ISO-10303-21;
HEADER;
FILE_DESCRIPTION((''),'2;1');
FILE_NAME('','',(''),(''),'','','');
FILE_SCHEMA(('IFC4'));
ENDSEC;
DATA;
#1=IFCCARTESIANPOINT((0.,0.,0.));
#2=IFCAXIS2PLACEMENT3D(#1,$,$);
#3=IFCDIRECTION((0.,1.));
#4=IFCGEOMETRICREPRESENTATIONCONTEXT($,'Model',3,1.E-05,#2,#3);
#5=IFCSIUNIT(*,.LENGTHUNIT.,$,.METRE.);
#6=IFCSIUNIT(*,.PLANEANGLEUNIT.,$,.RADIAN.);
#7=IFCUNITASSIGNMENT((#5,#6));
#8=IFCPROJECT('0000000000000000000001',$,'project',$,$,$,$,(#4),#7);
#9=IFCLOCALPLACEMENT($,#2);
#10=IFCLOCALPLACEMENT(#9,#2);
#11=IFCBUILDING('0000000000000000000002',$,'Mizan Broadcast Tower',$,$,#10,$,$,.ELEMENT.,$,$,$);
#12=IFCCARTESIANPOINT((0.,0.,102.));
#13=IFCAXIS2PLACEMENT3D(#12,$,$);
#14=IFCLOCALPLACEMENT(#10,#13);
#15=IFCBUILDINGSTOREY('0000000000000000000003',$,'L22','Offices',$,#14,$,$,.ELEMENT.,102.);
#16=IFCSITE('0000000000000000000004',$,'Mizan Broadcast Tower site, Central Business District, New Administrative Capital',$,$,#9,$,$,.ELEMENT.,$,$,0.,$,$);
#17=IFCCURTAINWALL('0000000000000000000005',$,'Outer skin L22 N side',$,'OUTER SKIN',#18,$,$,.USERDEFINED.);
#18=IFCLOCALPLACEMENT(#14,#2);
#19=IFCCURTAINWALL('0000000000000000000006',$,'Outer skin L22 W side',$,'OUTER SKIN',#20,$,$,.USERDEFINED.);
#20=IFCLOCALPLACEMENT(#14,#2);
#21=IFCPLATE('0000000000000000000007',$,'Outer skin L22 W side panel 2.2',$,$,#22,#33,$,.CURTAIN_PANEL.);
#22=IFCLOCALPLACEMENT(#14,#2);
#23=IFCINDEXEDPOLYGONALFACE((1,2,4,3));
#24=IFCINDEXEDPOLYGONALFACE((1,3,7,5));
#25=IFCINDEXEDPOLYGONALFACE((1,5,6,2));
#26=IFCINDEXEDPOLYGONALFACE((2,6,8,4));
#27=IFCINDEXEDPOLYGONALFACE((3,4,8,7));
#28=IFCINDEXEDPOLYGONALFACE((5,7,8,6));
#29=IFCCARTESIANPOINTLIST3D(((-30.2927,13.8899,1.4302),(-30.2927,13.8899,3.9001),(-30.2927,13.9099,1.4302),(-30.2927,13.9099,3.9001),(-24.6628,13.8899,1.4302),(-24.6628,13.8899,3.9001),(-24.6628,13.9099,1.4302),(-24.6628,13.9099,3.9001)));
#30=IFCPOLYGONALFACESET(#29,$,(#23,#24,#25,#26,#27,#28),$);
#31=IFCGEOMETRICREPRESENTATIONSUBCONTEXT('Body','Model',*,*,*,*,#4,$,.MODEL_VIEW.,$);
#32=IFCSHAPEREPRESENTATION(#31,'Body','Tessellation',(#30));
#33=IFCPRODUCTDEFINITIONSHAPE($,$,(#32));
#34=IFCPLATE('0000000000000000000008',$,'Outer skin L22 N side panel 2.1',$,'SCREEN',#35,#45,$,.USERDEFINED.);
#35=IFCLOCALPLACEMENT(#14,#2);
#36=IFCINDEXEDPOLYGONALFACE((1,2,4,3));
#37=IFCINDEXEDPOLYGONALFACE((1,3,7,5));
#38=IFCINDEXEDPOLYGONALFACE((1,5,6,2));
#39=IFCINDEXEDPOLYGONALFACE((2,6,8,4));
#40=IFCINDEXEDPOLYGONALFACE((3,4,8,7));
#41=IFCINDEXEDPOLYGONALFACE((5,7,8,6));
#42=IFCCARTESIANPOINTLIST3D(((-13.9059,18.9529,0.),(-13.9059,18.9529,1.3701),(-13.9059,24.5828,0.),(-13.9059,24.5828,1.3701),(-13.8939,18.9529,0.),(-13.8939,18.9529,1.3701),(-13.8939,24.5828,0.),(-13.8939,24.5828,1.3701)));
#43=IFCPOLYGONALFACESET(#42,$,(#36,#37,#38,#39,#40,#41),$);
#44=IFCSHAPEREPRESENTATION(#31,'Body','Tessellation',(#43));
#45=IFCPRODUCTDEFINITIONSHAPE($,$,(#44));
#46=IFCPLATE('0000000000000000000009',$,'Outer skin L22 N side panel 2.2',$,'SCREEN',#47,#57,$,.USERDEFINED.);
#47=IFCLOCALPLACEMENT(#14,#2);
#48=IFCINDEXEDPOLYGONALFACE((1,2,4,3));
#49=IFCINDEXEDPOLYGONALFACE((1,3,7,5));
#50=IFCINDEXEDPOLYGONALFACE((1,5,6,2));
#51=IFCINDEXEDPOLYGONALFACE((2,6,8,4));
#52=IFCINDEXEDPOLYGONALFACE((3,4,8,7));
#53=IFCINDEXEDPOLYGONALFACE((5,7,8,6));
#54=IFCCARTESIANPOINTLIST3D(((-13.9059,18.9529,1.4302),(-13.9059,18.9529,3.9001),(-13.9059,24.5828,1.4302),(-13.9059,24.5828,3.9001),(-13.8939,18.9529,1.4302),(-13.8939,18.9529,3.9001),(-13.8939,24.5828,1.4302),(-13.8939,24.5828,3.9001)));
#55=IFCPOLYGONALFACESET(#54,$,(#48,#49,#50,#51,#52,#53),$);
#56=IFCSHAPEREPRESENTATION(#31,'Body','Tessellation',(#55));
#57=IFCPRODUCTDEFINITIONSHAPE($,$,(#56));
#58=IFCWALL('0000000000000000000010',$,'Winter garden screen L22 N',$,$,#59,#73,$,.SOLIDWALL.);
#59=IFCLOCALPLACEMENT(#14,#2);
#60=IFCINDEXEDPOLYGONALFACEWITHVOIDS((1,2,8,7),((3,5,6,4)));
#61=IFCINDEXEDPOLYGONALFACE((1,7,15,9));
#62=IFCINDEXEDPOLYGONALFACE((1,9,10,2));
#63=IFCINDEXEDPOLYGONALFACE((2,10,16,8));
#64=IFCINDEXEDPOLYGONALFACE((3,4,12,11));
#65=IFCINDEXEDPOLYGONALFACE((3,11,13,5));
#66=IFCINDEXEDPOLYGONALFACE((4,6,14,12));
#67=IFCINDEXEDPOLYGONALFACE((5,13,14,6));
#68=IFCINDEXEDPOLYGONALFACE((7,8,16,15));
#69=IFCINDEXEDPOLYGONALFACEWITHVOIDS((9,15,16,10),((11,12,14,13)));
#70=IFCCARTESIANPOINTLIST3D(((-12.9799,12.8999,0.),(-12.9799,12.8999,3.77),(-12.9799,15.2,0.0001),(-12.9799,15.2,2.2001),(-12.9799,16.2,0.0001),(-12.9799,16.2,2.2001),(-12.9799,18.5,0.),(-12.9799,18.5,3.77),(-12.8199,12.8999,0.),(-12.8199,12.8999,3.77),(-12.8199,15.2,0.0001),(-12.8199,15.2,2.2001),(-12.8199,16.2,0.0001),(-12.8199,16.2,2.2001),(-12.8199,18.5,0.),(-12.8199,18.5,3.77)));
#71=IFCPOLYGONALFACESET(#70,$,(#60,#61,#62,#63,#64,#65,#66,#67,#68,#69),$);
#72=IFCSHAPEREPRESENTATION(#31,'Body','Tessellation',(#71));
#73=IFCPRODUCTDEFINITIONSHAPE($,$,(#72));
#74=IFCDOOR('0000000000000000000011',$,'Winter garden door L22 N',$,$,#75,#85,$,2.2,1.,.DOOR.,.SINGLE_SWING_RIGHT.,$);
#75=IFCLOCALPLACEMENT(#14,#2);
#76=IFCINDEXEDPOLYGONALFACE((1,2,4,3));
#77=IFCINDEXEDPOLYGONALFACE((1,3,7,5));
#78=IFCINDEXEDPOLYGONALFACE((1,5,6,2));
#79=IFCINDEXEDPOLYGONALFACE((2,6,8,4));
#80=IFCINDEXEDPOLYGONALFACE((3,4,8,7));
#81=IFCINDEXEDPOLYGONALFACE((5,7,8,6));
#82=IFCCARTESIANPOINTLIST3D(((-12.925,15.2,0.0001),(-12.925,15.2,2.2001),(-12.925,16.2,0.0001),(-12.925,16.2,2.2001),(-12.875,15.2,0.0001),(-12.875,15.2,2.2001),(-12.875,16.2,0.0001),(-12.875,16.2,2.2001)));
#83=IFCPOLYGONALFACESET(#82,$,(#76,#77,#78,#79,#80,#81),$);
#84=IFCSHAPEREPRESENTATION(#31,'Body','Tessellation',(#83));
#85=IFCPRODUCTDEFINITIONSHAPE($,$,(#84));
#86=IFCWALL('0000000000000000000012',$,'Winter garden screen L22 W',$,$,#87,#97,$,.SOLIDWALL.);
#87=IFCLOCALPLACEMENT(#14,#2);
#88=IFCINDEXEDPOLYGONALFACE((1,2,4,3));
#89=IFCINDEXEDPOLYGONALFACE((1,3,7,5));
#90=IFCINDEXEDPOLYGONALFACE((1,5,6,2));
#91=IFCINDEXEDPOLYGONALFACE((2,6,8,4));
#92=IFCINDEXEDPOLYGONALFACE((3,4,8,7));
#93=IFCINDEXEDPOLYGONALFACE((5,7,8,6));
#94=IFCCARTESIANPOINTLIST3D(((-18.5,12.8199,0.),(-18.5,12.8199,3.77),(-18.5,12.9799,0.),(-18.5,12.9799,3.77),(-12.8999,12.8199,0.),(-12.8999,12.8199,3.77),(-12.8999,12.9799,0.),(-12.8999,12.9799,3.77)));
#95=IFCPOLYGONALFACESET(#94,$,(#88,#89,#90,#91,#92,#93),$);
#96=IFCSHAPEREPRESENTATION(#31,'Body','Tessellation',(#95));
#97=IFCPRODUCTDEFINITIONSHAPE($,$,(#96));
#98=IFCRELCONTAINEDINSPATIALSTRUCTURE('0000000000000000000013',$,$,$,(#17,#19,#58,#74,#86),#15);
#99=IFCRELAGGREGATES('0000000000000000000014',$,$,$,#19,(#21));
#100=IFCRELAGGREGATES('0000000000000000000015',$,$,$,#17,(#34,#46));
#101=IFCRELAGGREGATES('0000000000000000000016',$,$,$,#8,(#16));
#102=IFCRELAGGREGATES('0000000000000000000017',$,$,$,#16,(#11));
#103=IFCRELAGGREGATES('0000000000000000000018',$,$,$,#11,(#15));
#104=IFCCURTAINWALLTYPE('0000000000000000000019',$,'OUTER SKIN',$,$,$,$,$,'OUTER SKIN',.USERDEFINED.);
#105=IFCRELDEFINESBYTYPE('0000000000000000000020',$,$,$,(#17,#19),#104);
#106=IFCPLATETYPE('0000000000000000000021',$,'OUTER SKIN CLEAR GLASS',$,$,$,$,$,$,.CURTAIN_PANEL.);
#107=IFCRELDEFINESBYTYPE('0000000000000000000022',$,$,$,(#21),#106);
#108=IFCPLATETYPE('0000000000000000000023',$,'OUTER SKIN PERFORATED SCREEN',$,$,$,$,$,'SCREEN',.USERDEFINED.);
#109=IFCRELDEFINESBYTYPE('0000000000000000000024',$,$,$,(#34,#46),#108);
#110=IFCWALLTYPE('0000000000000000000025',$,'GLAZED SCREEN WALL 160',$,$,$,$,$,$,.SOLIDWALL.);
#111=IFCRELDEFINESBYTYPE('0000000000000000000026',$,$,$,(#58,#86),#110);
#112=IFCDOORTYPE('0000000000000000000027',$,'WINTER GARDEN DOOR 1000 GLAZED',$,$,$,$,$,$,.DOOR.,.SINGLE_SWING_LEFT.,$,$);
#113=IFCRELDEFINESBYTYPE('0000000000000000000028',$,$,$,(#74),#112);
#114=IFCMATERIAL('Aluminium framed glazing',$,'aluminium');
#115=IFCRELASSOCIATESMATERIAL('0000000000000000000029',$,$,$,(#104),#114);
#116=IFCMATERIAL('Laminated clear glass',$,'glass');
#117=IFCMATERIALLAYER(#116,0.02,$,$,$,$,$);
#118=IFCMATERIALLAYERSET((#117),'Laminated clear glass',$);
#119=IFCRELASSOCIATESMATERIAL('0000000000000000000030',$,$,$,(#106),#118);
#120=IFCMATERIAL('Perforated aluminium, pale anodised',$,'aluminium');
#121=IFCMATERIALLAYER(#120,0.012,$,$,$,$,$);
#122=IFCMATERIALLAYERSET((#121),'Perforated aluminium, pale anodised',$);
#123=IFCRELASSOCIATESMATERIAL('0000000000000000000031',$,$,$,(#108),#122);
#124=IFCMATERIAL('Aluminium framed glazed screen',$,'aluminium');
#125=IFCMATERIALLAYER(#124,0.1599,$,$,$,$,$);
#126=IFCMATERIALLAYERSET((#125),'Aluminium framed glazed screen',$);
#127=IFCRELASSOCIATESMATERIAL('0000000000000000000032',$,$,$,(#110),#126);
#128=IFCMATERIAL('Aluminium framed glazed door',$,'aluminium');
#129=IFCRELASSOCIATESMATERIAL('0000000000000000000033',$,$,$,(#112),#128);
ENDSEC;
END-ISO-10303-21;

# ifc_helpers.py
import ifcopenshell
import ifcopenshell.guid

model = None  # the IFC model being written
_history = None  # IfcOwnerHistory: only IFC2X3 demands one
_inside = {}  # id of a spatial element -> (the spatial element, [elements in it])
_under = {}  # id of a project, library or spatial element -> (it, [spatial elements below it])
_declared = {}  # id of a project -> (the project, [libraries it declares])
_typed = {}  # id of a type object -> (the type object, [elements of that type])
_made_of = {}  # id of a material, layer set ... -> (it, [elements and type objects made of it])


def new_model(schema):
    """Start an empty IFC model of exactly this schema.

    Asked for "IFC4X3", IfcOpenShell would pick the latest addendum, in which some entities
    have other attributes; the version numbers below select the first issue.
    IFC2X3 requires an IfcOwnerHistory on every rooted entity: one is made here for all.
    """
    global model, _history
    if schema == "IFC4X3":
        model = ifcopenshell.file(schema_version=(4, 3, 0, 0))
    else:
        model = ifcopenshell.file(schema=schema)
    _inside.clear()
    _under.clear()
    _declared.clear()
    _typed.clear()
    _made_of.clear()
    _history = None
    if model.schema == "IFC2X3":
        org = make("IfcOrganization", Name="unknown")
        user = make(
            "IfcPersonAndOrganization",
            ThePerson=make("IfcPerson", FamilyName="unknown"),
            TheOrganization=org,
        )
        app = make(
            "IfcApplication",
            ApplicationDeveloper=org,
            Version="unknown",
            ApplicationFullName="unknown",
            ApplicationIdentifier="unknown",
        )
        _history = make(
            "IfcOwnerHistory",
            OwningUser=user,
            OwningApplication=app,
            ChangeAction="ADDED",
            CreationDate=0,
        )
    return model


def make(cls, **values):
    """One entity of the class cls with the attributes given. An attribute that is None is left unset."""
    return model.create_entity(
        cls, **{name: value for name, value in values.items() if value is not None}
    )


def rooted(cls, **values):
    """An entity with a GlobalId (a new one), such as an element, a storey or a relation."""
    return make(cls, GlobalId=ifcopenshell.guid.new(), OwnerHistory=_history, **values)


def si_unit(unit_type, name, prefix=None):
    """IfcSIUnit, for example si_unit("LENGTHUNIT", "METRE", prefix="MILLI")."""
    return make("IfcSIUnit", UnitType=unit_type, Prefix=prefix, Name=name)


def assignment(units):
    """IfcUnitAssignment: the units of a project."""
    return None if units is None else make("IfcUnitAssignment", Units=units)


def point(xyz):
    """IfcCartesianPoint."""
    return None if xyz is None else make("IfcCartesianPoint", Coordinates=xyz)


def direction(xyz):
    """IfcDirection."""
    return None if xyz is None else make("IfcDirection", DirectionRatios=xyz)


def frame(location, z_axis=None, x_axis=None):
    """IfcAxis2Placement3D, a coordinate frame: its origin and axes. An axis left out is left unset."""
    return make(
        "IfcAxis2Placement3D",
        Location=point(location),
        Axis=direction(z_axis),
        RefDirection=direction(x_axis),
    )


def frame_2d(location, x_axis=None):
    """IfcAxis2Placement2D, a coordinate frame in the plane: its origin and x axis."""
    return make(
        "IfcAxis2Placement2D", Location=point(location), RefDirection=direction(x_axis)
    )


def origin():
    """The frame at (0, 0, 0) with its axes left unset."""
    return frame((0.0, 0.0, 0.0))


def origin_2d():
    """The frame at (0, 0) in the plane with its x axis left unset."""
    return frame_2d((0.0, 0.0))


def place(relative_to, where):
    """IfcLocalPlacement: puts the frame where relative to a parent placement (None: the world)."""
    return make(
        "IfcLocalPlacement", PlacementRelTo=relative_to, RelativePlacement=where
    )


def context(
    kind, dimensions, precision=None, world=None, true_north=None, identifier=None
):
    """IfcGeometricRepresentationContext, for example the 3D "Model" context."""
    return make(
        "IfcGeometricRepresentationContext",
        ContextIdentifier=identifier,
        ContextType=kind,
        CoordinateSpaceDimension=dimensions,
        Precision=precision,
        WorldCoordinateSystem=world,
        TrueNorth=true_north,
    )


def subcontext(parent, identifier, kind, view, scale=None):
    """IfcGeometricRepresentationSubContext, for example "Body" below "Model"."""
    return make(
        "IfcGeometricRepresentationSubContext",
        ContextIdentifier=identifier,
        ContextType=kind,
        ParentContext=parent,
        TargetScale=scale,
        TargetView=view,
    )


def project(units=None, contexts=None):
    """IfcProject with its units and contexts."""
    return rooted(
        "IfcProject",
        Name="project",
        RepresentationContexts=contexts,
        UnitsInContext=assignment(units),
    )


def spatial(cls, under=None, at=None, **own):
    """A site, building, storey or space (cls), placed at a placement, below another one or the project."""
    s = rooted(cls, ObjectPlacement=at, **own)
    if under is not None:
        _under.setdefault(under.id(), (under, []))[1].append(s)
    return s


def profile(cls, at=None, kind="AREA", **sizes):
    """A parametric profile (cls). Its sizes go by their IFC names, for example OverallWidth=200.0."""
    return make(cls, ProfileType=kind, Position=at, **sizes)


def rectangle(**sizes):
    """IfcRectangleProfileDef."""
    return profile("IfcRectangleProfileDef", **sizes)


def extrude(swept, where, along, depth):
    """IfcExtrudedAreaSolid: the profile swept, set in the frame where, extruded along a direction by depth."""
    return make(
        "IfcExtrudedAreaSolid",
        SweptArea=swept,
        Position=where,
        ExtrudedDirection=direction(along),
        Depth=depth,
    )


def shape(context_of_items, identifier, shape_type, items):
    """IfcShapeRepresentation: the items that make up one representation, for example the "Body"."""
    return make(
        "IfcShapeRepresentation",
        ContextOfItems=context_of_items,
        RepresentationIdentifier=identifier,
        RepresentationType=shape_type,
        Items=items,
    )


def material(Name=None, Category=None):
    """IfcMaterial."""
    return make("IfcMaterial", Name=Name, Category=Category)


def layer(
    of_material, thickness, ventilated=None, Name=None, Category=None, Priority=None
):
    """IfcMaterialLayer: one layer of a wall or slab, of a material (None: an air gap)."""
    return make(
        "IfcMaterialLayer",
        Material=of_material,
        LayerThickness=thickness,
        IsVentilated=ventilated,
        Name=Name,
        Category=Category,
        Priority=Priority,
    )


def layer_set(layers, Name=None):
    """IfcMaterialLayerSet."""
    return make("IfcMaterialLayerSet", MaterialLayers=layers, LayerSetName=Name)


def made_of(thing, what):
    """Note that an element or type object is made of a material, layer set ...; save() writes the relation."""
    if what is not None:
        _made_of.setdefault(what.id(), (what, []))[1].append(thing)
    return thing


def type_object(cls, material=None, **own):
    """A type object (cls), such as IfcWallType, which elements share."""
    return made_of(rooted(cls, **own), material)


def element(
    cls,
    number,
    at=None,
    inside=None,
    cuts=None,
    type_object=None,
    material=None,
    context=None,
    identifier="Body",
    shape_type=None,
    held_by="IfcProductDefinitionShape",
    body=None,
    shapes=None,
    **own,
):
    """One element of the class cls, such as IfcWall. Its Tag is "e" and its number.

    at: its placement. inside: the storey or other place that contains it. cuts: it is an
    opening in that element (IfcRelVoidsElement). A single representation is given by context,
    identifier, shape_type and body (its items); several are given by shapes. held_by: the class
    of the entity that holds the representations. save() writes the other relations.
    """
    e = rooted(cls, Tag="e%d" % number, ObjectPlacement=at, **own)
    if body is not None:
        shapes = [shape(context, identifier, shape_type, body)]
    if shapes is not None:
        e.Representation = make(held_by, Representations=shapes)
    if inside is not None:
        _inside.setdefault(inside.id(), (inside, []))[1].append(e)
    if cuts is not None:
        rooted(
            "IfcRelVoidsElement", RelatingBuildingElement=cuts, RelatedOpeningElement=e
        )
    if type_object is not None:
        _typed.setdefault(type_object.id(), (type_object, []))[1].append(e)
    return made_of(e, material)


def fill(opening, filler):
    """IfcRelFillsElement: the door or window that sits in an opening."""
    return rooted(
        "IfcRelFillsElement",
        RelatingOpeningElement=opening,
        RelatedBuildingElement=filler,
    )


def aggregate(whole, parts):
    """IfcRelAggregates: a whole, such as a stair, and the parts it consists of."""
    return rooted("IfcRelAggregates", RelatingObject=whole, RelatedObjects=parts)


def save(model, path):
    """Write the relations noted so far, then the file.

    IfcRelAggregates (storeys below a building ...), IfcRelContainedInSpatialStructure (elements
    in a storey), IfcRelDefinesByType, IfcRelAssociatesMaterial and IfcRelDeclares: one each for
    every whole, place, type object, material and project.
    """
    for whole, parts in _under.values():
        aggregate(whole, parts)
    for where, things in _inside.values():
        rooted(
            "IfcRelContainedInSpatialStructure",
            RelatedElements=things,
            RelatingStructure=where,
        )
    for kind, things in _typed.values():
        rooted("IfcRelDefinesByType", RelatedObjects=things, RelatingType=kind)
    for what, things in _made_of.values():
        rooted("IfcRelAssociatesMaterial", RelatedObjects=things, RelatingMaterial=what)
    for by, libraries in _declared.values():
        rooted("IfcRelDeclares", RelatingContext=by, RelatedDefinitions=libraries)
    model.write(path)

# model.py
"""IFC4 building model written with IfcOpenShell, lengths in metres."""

from ifc_helpers import new_model, si_unit, direction, frame, frame_2d, origin, origin_2d, place, context, subcontext, project, spatial, rectangle, extrude, material, layer, layer_set, type_object, element, fill, aggregate, save


model = new_model("IFC4")

# Units and contexts
model_context = context("Model", 3, precision=1e-05, world=origin(), true_north=direction((0.0, 1.0)))
body_context = subcontext(model_context, "Body", "Model", "MODEL_VIEW")
ifc_project = project(units=[si_unit("LENGTHUNIT", "METRE"), si_unit("PLANEANGLEUNIT", "RADIAN")], contexts=[model_context])

# Site, building, storey
site_placement = place(None, origin())
site = spatial("IfcSite", under=ifc_project, at=site_placement, Name="Mizan Broadcast Tower site, Central Business District, New Administrative Capital", CompositionType="ELEMENT", RefElevation=0.0)
building_placement = place(site_placement, origin())
building = spatial("IfcBuilding", under=site, at=building_placement, Name="Mizan Broadcast Tower", CompositionType="ELEMENT")
storey_placement = place(building_placement, frame((0.0, 0.0, 102.0)))
storey = spatial("IfcBuildingStorey", under=building, at=storey_placement, Name="L22", Description="Offices", CompositionType="ELEMENT", Elevation=102.0)

# Shared definitions
ifc_material_1 = material(Name="Aluminium framed glazing", Category="aluminium")
curtain_wall_type_1 = type_object("IfcCurtainWallType", Name="OUTER SKIN", ElementType="OUTER SKIN", PredefinedType="USERDEFINED", material=ifc_material_1)

# Curtain wall
curtain_wall_1_placement = place(storey_placement, origin())
curtain_wall_1 = element("IfcCurtainWall", 1, at=curtain_wall_1_placement, inside=storey, type_object=curtain_wall_type_1, Name="Outer skin L22 N side", ObjectType="OUTER SKIN", PredefinedType="USERDEFINED")

# Curtain wall
curtain_wall_2_placement = place(storey_placement, origin())
curtain_wall_2 = element("IfcCurtainWall", 2, at=curtain_wall_2_placement, inside=storey, type_object=curtain_wall_type_1, Name="Outer skin L22 W side", ObjectType="OUTER SKIN", PredefinedType="USERDEFINED")

# Plates
ifc_material_2 = material(Name="Laminated clear glass", Category="glass")
ifc_layer_1 = layer(ifc_material_2, 0.02)
ifc_layer_set_1 = layer_set([ifc_layer_1], Name="Laminated clear glass")
plate_type_1 = type_object("IfcPlateType", Name="OUTER SKIN CLEAR GLASS", PredefinedType="CURTAIN_PANEL", material=ifc_layer_set_1)
plate_1_placement = place(storey_placement, frame((-27.4778, 13.8999, 1.4302), z_axis=(0.0, 0.0, 1.0), x_axis=(-1.0, 0.0, 0.0)))
plate_1 = element("IfcPlate", 3, at=plate_1_placement, type_object=plate_type_1, Name="Outer skin L22 W side panel 2.2", PredefinedType="CURTAIN_PANEL", context=body_context, shape_type="SweptSolid", body=[
    extrude(rectangle(XDim=5.6299, YDim=0.02, at=origin_2d()), origin(), (0.0, 0.0, 1.0), 2.47),
])
aggregate(curtain_wall_2, [plate_1])
ifc_material_3 = material(Name="Perforated aluminium, pale anodised", Category="aluminium")
ifc_layer_2 = layer(ifc_material_3, 0.012)
ifc_layer_set_2 = layer_set([ifc_layer_2], Name="Perforated aluminium, pale anodised")
plate_type_2 = type_object("IfcPlateType", Name="OUTER SKIN PERFORATED SCREEN", ElementType="SCREEN", PredefinedType="USERDEFINED", material=ifc_layer_set_2)
plate_2_placement = place(storey_placement, frame((-13.8999, 21.7678, 0.0), z_axis=(0.0, 0.0, 1.0), x_axis=(0.0, -1.0, 0.0)))
plate_2 = element("IfcPlate", 4, at=plate_2_placement, type_object=plate_type_2, Name="Outer skin L22 N side panel 2.1", ObjectType="SCREEN", PredefinedType="USERDEFINED", context=body_context, shape_type="SweptSolid", body=[
    extrude(rectangle(XDim=5.6299, YDim=0.012, at=origin_2d()), origin(), (0.0, 0.0, 1.0), 1.3701),
])
plate_3_placement = place(storey_placement, frame((-13.8999, 21.7678, 1.4302), z_axis=(0.0, 0.0, 1.0), x_axis=(0.0, -1.0, 0.0)))
plate_3 = element("IfcPlate", 5, at=plate_3_placement, type_object=plate_type_2, Name="Outer skin L22 N side panel 2.2", ObjectType="SCREEN", PredefinedType="USERDEFINED", context=body_context, shape_type="SweptSolid", body=[
    extrude(rectangle(XDim=5.6299, YDim=0.012, at=origin_2d()), origin(), (0.0, 0.0, 1.0), 2.47),
])
aggregate(curtain_wall_1, [plate_2, plate_3])

# Wall, opening, door
ifc_material_4 = material(Name="Aluminium framed glazed screen", Category="aluminium")
ifc_layer_3 = layer(ifc_material_4, 0.1599)
ifc_layer_set_3 = layer_set([ifc_layer_3], Name="Aluminium framed glazed screen")
wall_type = type_object("IfcWallType", Name="GLAZED SCREEN WALL 160", PredefinedType="SOLIDWALL", material=ifc_layer_set_3)
wall_1_placement = place(storey_placement, frame((-12.8999, 18.5, 0.0), z_axis=(0.0, 0.0, 1.0), x_axis=(0.0, -1.0, 0.0)))
wall_1 = element("IfcWall", 6, at=wall_1_placement, inside=storey, type_object=wall_type, Name="Winter garden screen L22 N", PredefinedType="SOLIDWALL", context=body_context, shape_type="SweptSolid", body=[
    extrude(rectangle(XDim=5.6001, YDim=0.1599, at=frame_2d((2.8, 0.0))), origin(), (0.0, 0.0, 1.0), 3.77),
])
opening_placement = place(wall_1_placement, frame((2.3, 0.0, 0.0)))
opening = element("IfcOpeningElement", 7, at=opening_placement, cuts=wall_1, PredefinedType="OPENING", context=body_context, shape_type="SweptSolid", body=[
    extrude(rectangle(XDim=1.0, YDim=2.2, at=frame_2d((0.5, 1.1001))), frame((0.0, 0.0898, 0.0), z_axis=(0.0, -1.0, 0.0), x_axis=(1.0, 0.0, 0.0)), (0.0, 0.0, 1.0), 0.1799),
])
ifc_material_5 = material(Name="Aluminium framed glazed door", Category="aluminium")
door_type = type_object("IfcDoorType", Name="WINTER GARDEN DOOR 1000 GLAZED", OperationType="SINGLE_SWING_LEFT", PredefinedType="DOOR", material=ifc_material_5)
door_placement = place(opening_placement, origin())
door = element("IfcDoor", 8, at=door_placement, inside=storey, type_object=door_type, Name="Winter garden door L22 N", OperationType="SINGLE_SWING_RIGHT", OverallHeight=2.2, OverallWidth=1.0, PredefinedType="DOOR", context=body_context, shape_type="SweptSolid", body=[
    extrude(rectangle(XDim=1.0, YDim=2.2, at=frame_2d((0.5, 1.1001))), frame((0.0, 0.0249, 0.0), z_axis=(0.0, -1.0, 0.0), x_axis=(1.0, 0.0, 0.0)), (0.0, 0.0, 1.0), 0.05),
])
fill(opening, door)

# Wall
wall_2_placement = place(storey_placement, frame((-12.8999, 12.8999, 0.0), z_axis=(0.0, 0.0, 1.0), x_axis=(-1.0, 0.0, 0.0)))
element("IfcWall", 9, at=wall_2_placement, inside=storey, type_object=wall_type, Name="Winter garden screen L22 W", PredefinedType="SOLIDWALL", context=body_context, shape_type="SweptSolid", body=[
    extrude(rectangle(XDim=5.6001, YDim=0.1599, at=frame_2d((2.8, 0.0))), origin(), (0.0, 0.0, 1.0), 3.77),
])

save(model, "model.ifc")
